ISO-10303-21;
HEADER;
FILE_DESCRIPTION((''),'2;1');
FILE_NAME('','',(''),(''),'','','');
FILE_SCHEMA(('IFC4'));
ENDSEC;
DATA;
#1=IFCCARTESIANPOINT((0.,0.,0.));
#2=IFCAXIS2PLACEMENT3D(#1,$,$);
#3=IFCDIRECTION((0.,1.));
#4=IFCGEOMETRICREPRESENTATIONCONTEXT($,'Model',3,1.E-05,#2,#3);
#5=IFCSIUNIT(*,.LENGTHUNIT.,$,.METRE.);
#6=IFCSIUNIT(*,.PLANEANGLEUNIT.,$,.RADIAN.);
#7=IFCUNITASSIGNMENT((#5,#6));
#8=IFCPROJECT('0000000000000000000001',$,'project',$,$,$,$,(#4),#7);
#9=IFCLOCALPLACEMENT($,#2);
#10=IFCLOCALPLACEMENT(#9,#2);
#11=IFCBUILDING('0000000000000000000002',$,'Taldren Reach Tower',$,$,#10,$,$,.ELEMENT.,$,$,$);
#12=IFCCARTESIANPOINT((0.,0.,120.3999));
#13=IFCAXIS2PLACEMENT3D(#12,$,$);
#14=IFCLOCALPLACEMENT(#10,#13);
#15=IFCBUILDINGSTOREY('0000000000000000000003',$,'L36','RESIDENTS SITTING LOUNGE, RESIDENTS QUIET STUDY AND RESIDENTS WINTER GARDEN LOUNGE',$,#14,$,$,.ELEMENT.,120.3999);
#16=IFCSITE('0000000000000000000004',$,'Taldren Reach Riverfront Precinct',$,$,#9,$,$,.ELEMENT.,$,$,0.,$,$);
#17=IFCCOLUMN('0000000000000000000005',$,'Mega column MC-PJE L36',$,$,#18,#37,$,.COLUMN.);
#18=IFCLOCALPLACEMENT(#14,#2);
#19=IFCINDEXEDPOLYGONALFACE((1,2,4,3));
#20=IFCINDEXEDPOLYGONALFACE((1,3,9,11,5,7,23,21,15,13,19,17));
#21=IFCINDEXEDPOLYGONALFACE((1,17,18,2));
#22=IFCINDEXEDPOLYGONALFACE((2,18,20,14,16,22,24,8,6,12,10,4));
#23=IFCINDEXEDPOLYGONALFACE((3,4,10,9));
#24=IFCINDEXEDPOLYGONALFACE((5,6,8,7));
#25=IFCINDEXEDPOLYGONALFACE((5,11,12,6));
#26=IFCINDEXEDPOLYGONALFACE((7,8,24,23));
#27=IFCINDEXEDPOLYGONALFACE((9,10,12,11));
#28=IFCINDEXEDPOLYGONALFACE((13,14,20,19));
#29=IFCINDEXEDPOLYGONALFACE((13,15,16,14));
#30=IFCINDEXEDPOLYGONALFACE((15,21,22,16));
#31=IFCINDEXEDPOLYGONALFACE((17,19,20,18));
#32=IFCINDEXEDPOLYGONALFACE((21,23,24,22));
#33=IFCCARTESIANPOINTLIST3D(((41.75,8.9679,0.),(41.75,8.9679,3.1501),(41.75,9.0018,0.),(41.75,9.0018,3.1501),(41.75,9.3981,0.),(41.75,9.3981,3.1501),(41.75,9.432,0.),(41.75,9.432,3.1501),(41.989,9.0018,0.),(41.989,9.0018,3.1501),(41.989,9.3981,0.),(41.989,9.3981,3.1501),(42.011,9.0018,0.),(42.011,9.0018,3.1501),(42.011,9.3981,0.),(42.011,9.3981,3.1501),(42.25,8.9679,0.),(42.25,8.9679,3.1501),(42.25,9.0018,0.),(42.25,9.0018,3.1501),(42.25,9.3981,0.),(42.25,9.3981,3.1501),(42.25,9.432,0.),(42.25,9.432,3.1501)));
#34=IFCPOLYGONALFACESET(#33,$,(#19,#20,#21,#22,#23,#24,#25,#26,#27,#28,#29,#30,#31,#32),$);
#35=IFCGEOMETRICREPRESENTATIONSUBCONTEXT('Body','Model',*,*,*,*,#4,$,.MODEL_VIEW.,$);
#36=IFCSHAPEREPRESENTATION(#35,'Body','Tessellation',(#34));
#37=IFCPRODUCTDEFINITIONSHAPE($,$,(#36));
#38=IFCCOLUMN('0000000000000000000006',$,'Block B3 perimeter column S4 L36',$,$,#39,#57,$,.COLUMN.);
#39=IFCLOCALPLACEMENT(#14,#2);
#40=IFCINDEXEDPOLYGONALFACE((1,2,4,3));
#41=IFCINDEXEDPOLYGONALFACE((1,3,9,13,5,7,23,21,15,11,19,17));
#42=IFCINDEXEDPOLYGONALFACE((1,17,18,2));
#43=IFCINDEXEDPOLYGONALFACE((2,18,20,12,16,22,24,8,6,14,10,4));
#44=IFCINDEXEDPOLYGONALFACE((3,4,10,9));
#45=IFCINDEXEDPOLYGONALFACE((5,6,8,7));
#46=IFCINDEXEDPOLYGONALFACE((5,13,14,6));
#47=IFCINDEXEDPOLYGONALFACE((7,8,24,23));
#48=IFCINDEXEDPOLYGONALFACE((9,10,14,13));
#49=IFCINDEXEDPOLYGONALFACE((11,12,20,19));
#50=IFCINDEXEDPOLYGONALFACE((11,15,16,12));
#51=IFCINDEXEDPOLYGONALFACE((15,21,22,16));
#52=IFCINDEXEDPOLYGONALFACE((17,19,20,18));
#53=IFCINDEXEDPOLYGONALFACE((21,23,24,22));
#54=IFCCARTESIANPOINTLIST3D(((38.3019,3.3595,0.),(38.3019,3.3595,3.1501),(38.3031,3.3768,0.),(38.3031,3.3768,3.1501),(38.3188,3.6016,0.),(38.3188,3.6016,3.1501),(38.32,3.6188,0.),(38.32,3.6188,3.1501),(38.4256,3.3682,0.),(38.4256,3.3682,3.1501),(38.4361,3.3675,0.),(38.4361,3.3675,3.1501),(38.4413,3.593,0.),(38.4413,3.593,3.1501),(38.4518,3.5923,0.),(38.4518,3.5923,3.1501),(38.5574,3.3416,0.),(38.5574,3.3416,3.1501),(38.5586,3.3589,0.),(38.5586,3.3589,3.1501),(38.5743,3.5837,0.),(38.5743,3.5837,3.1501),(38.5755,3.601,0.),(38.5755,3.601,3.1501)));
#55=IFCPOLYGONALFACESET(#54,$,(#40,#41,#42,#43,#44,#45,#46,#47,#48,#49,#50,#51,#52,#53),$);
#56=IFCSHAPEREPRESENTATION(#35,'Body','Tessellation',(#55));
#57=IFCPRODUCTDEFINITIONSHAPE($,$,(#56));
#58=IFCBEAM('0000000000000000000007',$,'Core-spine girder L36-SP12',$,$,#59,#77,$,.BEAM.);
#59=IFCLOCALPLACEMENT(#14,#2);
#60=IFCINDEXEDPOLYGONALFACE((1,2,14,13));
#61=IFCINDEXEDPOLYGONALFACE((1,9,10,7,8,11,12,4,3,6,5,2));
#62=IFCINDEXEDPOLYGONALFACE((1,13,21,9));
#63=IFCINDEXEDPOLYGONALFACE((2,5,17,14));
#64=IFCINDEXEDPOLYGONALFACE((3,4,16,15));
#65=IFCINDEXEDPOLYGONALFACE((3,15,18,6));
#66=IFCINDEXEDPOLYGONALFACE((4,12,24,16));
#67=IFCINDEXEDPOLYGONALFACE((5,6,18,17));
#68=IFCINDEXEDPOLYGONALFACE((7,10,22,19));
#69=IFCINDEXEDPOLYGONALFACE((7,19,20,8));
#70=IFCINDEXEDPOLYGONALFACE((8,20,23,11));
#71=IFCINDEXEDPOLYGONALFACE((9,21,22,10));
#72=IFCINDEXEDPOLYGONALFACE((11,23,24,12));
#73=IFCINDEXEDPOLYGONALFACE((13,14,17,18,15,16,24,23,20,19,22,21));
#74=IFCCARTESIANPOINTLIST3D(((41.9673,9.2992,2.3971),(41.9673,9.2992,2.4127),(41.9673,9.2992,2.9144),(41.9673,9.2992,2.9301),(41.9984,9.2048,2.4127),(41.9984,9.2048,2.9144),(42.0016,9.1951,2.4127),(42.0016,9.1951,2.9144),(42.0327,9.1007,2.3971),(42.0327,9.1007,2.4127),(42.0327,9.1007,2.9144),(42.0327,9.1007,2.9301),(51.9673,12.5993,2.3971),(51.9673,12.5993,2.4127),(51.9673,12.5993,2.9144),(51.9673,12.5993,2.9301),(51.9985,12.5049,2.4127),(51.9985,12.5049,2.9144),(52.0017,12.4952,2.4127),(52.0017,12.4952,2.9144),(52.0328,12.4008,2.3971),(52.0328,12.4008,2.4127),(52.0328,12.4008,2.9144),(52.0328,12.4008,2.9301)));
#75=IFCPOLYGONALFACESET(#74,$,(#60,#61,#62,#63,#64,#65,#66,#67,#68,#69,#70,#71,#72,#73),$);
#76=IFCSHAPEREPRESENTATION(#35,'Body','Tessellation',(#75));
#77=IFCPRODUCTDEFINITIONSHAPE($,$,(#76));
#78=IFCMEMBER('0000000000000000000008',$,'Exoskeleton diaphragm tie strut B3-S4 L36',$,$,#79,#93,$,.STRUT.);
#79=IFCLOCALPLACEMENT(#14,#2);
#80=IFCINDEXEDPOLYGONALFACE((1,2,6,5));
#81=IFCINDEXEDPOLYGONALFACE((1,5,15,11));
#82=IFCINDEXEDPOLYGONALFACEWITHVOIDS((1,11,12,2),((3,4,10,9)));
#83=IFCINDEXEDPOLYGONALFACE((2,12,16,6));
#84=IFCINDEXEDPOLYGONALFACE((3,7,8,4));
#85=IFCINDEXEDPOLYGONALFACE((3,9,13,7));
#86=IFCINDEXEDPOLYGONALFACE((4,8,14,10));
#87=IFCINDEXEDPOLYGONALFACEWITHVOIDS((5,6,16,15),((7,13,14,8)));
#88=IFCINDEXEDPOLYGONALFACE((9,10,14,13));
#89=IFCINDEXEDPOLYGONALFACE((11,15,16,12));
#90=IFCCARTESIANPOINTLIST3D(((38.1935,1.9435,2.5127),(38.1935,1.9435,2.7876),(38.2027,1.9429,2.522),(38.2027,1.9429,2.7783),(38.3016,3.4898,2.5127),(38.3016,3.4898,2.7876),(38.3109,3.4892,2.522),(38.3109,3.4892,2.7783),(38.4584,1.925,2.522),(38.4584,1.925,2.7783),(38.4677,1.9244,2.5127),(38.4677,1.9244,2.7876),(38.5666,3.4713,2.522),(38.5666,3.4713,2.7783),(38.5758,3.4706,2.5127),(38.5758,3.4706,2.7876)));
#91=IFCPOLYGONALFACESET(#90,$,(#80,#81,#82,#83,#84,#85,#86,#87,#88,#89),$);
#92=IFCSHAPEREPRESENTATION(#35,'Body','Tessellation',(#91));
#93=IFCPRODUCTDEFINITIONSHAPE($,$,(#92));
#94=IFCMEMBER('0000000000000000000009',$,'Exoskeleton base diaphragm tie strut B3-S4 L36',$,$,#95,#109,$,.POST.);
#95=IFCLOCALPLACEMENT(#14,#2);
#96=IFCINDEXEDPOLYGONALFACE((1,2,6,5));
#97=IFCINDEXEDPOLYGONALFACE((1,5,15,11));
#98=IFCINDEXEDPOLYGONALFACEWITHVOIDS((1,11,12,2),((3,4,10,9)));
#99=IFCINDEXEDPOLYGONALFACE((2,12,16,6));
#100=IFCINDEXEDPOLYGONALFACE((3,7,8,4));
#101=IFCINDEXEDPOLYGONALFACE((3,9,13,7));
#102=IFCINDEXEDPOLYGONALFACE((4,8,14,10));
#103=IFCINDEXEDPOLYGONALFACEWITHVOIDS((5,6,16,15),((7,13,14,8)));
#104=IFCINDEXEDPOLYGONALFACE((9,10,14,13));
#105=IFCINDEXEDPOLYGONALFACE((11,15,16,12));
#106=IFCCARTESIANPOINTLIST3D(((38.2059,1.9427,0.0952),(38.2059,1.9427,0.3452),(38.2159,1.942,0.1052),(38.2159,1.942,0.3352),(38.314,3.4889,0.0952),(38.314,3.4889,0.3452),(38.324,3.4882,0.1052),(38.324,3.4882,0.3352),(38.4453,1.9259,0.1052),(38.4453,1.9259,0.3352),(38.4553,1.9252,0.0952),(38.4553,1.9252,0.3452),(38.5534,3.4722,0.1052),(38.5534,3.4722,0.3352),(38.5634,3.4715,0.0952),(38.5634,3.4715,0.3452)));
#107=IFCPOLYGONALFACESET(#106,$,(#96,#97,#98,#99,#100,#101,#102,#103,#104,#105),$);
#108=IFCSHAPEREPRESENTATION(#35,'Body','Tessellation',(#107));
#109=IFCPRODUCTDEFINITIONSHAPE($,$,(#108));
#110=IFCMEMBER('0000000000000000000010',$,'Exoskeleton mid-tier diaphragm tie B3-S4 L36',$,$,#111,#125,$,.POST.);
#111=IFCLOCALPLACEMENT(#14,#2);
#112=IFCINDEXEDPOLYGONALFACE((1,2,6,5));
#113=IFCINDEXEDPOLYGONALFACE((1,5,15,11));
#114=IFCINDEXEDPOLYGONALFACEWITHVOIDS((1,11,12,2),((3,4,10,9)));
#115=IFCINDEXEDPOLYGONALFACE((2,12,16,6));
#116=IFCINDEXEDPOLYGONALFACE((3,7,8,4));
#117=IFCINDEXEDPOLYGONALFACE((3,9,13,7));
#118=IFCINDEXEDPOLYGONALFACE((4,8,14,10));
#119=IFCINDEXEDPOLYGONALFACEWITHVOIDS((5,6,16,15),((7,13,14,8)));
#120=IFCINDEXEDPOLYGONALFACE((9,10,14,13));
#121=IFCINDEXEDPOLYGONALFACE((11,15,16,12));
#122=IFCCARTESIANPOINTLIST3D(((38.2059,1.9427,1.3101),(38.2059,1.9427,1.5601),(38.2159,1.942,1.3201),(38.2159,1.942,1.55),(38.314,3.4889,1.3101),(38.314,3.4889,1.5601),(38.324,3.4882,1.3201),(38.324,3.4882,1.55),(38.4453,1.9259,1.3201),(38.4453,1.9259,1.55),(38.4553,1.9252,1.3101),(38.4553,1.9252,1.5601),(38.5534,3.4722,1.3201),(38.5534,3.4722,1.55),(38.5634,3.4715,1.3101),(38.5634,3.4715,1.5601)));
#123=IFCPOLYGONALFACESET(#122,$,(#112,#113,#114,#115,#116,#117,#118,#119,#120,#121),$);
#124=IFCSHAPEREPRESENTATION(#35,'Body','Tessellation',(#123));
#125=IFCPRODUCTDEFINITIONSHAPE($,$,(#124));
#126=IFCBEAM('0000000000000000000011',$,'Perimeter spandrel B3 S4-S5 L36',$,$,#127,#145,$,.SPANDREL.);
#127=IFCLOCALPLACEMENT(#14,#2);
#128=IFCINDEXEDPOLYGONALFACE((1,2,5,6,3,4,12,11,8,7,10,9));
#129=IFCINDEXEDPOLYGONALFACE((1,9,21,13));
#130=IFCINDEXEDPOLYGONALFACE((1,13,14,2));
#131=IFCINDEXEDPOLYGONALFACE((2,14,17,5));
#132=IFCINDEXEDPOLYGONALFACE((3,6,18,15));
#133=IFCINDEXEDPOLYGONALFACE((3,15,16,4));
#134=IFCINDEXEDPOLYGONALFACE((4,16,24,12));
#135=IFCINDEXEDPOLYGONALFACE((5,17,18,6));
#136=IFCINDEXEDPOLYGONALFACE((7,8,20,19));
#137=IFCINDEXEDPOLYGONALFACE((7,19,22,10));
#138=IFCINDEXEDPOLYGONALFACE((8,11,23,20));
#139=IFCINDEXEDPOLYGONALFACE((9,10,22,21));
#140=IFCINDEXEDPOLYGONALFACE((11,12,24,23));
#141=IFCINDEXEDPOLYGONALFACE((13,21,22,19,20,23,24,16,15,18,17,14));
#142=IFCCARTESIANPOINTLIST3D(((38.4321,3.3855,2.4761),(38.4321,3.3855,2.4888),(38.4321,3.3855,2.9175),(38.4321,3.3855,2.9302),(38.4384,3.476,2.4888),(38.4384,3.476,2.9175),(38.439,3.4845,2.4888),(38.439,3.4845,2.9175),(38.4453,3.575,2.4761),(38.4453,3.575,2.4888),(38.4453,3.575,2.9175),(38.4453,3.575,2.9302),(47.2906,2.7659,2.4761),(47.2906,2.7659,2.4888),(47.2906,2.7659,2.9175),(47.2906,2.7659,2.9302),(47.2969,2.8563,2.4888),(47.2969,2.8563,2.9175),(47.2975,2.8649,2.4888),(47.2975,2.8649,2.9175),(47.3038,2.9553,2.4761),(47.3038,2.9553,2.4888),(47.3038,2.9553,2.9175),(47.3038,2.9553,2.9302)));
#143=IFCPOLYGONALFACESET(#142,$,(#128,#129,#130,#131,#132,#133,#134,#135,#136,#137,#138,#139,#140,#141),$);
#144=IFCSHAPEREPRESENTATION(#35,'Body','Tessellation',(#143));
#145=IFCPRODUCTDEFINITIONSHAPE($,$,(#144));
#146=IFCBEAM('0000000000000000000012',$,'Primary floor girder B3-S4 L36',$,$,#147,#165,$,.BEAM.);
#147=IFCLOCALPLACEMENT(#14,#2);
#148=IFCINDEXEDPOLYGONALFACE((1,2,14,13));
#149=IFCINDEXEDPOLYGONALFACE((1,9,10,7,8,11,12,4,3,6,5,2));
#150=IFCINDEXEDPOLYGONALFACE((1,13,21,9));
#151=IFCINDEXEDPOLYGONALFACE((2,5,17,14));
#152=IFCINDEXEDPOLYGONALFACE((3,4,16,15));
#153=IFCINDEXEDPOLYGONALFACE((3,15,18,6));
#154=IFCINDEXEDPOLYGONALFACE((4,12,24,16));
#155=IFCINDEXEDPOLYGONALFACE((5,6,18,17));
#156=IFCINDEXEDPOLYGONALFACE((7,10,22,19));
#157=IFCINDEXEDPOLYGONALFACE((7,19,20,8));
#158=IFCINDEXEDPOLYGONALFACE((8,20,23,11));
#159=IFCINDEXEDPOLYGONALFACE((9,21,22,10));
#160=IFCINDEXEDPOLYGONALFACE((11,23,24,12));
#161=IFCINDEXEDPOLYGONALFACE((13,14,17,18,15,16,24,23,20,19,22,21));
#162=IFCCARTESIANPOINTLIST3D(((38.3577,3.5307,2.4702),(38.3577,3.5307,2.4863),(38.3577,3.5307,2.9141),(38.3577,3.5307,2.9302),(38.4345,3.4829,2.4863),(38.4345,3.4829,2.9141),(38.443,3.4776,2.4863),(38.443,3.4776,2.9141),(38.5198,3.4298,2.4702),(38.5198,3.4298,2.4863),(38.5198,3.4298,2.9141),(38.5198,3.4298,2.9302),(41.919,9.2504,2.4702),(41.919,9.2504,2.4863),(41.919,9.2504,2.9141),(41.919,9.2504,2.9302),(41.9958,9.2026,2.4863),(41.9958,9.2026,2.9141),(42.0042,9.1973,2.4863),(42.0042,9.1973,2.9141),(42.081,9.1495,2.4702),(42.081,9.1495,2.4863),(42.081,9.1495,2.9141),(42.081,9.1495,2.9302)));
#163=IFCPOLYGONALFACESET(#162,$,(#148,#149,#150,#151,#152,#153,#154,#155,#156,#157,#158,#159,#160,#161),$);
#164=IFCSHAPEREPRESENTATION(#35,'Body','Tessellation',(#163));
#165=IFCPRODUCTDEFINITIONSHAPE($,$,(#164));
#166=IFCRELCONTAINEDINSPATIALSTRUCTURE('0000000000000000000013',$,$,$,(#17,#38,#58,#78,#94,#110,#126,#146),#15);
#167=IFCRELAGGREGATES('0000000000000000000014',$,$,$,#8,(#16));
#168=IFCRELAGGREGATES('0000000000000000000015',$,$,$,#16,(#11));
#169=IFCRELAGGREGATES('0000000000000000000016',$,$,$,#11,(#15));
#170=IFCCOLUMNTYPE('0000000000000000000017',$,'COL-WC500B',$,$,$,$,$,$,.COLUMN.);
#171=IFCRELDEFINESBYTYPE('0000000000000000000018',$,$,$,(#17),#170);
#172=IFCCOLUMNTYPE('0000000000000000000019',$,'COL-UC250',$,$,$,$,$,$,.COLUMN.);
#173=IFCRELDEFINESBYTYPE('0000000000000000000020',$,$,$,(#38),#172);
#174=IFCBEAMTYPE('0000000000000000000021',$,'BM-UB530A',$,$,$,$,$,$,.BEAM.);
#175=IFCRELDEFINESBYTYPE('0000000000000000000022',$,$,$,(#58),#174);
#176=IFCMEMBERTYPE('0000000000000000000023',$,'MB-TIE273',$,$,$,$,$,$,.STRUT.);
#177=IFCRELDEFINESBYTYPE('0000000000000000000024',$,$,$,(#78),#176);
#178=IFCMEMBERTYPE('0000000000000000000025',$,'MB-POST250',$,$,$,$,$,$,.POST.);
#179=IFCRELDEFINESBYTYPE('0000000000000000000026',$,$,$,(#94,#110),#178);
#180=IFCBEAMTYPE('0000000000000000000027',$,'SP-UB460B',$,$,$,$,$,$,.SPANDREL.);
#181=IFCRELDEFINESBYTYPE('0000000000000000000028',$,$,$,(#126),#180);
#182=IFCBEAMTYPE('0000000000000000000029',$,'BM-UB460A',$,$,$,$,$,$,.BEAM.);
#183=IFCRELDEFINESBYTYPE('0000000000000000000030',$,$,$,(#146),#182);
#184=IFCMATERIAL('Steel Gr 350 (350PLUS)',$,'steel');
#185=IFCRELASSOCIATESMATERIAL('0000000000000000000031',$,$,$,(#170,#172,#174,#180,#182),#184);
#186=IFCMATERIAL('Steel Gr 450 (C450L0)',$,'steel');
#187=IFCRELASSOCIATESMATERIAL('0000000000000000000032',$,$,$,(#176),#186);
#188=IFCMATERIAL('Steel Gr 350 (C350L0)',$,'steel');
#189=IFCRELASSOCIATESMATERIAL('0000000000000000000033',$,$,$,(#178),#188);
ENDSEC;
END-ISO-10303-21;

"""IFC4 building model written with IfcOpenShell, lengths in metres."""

from ifc_helpers import new_model, si_unit, direction, frame, origin, origin_2d, place, context, subcontext, project, spatial, hollow_rectangle, i_section, extrude, source, transform, mapped, material, material_profile, profile_set, type_object, element, save


model = new_model("IFC4")

# Units and contexts
model_context = context("Model", 3, precision=1e-05, world=origin(), true_north=direction((0.0, 1.0)))
body_context = subcontext(model_context, "Body", "Model", "MODEL_VIEW")
ifc_project = project(units=[si_unit("LENGTHUNIT", "METRE"), si_unit("PLANEANGLEUNIT", "RADIAN")], contexts=[model_context])

# Site, building, storey
site_placement = place(None, origin())
site = spatial("IfcSite", under=ifc_project, at=site_placement, Name="Taldren Reach Riverfront Precinct", CompositionType="ELEMENT", RefElevation=0.0)
building_placement = place(site_placement, origin())
building = spatial("IfcBuilding", under=site, at=building_placement, Name="Taldren Reach Tower", CompositionType="ELEMENT")
storey_placement = place(building_placement, frame((0.0, 0.0, 120.3999)))
storey = spatial("IfcBuildingStorey", under=building, at=storey_placement, Name="L36", Description="RESIDENTS SITTING LOUNGE, RESIDENTS QUIET STUDY AND RESIDENTS WINTER GARDEN LOUNGE", CompositionType="ELEMENT", Elevation=120.3999)

# Columns
ifc_material_1 = material(Name="Steel Gr 350 (350PLUS)", Category="steel")
ifc_material_profile_1 = material_profile(ifc_material_1, i_section(OverallWidth=0.5, OverallDepth=0.4641, WebThickness=0.022, FlangeThickness=0.0339, at=origin_2d()), Name="500WC340")
ifc_profile_set_1 = profile_set([ifc_material_profile_1], Name="Steel Gr 350 (350PLUS)")
column_type_1 = type_object("IfcColumnType", Name="COL-WC500B", PredefinedType="COLUMN", material=ifc_profile_set_1)
shared_shape_1 = source(origin(), body_context, "Body", "SweptSolid", [
    extrude(i_section(OverallWidth=0.5, OverallDepth=0.4641, WebThickness=0.022, FlangeThickness=0.0339, at=origin_2d()), origin(), (0.0, 0.0, 1.0), 3.1501),
])
column_1_placement = place(storey_placement, frame((42.0, 9.2, 0.0), z_axis=(0.0, 0.0, 1.0), x_axis=(1.0, 0.0, 0.0)))
element("IfcColumn", 1, at=column_1_placement, inside=storey, type_object=column_type_1, Name="Mega column MC-PJE L36", PredefinedType="COLUMN", context=body_context, shape_type="MappedRepresentation", body=[
    mapped(shared_shape_1, transform((0.0, 0.0, 0.0), scale=1.0)),
])
ifc_material_profile_2 = material_profile(ifc_material_1, i_section(OverallWidth=0.2561, OverallDepth=0.26, WebThickness=0.0105, FlangeThickness=0.0173, at=origin_2d()), Name="250UC89.5")
ifc_profile_set_2 = profile_set([ifc_material_profile_2], Name="Steel Gr 350 (350PLUS)")
column_type_2 = type_object("IfcColumnType", Name="COL-UC250", PredefinedType="COLUMN", material=ifc_profile_set_2)
shared_shape_2 = source(origin(), body_context, "Body", "SweptSolid", [
    extrude(i_section(OverallWidth=0.2561, OverallDepth=0.26, WebThickness=0.0105, FlangeThickness=0.0173, at=origin_2d()), origin(), (0.0, 0.0, 1.0), 3.1501),
])
column_2_placement = place(storey_placement, frame((38.4387, 3.4802, 0.0), z_axis=(0.0, 0.0, 1.0), x_axis=(0.997564, -0.069756, 0.0)))
element("IfcColumn", 2, at=column_2_placement, inside=storey, type_object=column_type_2, Name="Block B3 perimeter column S4 L36", PredefinedType="COLUMN", context=body_context, shape_type="MappedRepresentation", body=[
    mapped(shared_shape_2, transform((0.0, 0.0, 0.0), scale=1.0)),
])

# Beam
ifc_material_profile_3 = material_profile(ifc_material_1, i_section(OverallWidth=0.209, OverallDepth=0.533, WebThickness=0.0103, FlangeThickness=0.0156, at=origin_2d()), Name="530UB92.4")
ifc_profile_set_3 = profile_set([ifc_material_profile_3], Name="Steel Gr 350 (350PLUS)")
beam_type_1 = type_object("IfcBeamType", Name="BM-UB530A", PredefinedType="BEAM", material=ifc_profile_set_3)
shared_shape_3 = source(origin(), body_context, "Body", "SweptSolid", [
    extrude(i_section(OverallWidth=0.209, OverallDepth=0.533, WebThickness=0.0103, FlangeThickness=0.0156, at=origin_2d()), origin(), (0.0, 0.0, 1.0), 10.5305),
])
beam_1_placement = place(storey_placement, frame((42.0, 9.2, 2.6636), z_axis=(0.949627, 0.313382, 0.0), x_axis=(-0.313382, 0.949627, 0.0)))
element("IfcBeam", 3, at=beam_1_placement, inside=storey, type_object=beam_type_1, Name="Core-spine girder L36-SP12", PredefinedType="BEAM", context=body_context, shape_type="MappedRepresentation", body=[
    mapped(shared_shape_3, transform((0.0, 0.0, 0.0), scale=1.0)),
])

# Members
ifc_material_2 = material(Name="Steel Gr 450 (C450L0)", Category="steel")
ifc_material_profile_4 = material_profile(ifc_material_2, hollow_rectangle(XDim=0.2749, YDim=0.2749, WallThickness=0.0093, at=origin_2d()), Name="275x275x9.3SHS")
ifc_profile_set_4 = profile_set([ifc_material_profile_4], Name="Steel Gr 450 (C450L0)")
member_type_1 = type_object("IfcMemberType", Name="MB-TIE273", PredefinedType="STRUT", material=ifc_profile_set_4)
shared_shape_4 = source(origin(), body_context, "Body", "SweptSolid", [
    extrude(hollow_rectangle(XDim=0.2749, YDim=0.2749, WallThickness=0.0093, at=origin_2d()), origin(), (0.0, 0.0, 1.0), 1.55),
])
member_placement = place(storey_placement, frame((38.4387, 3.4802, 2.6501), z_axis=(-0.06977, -0.997563, 0.0), x_axis=(0.997563, -0.06977, 0.0)))
element("IfcMember", 4, at=member_placement, inside=storey, type_object=member_type_1, Name="Exoskeleton diaphragm tie strut B3-S4 L36", PredefinedType="STRUT", context=body_context, shape_type="MappedRepresentation", body=[
    mapped(shared_shape_4, transform((0.0, 0.0, 0.0), scale=1.0)),
])
ifc_material_3 = material(Name="Steel Gr 350 (C350L0)", Category="steel")
ifc_material_profile_5 = material_profile(ifc_material_3, hollow_rectangle(XDim=0.25, YDim=0.25, WallThickness=0.01, at=origin_2d()), Name="250x250x10.0SHS")
ifc_profile_set_5 = profile_set([ifc_material_profile_5], Name="Steel Gr 350 (C350L0)")
member_type_2 = type_object("IfcMemberType", Name="MB-POST250", PredefinedType="POST", material=ifc_profile_set_5)
shared_shape_5 = source(origin(), body_context, "Body", "SweptSolid", [
    extrude(hollow_rectangle(XDim=0.25, YDim=0.25, WallThickness=0.01, at=origin_2d()), origin(), (0.0, 0.0, 1.0), 1.55),
])
for number, where, z_axis, x_axis, name in (
    (5, (38.4387, 3.4802, 0.2202), (-0.06977, -0.997563, 0.0), (0.997563, -0.06977, 0.0), "Exoskeleton base diaphragm tie strut B3-S4 L36"),
    (6, (38.4387, 3.4802, 1.4351), (-0.06977, -0.997563, 0.0), (0.997563, -0.06977, 0.0), "Exoskeleton mid-tier diaphragm tie B3-S4 L36"),
):
    element("IfcMember", number, at=place(storey_placement, frame(where, z_axis=z_axis, x_axis=x_axis)), inside=storey, type_object=member_type_2, Name=name, PredefinedType="POST", context=body_context, shape_type="MappedRepresentation", body=[
        mapped(shared_shape_5, transform((0.0, 0.0, 0.0), scale=1.0)),
    ])

# Beams
ifc_material_profile_6 = material_profile(ifc_material_1, i_section(OverallWidth=0.1899, OverallDepth=0.4541, WebThickness=0.0085, FlangeThickness=0.0127, at=origin_2d()), Name="460UB67.1")
ifc_profile_set_6 = profile_set([ifc_material_profile_6], Name="Steel Gr 350 (350PLUS)")
beam_type_2 = type_object("IfcBeamType", Name="SP-UB460B", PredefinedType="SPANDREL", material=ifc_profile_set_6)
shared_shape_6 = source(origin(), body_context, "Body", "SweptSolid", [
    extrude(i_section(OverallWidth=0.1899, OverallDepth=0.4541, WebThickness=0.0085, FlangeThickness=0.0127, at=origin_2d()), origin(), (0.0, 0.0, 1.0), 8.8801),
])
beam_2_placement = place(storey_placement, frame((38.4387, 3.4802, 2.7031), z_axis=(0.997563, -0.069778, 0.0), x_axis=(0.069778, 0.997563, 0.0)))
element("IfcBeam", 7, at=beam_2_placement, inside=storey, type_object=beam_type_2, Name="Perimeter spandrel B3 S4-S5 L36", PredefinedType="SPANDREL", context=body_context, shape_type="MappedRepresentation", body=[
    mapped(shared_shape_6, transform((0.0, 0.0, 0.0), scale=1.0)),
])
ifc_material_profile_7 = material_profile(ifc_material_1, i_section(OverallWidth=0.1909, OverallDepth=0.46, WebThickness=0.01, FlangeThickness=0.0161, at=origin_2d()), Name="460UB82.1")
ifc_profile_set_7 = profile_set([ifc_material_profile_7], Name="Steel Gr 350 (350PLUS)")
beam_type_3 = type_object("IfcBeamType", Name="BM-UB460A", PredefinedType="BEAM", material=ifc_profile_set_7)
shared_shape_7 = source(origin(), body_context, "Body", "SweptSolid", [
    extrude(i_section(OverallWidth=0.1909, OverallDepth=0.46, WebThickness=0.01, FlangeThickness=0.0161, at=origin_2d()), origin(), (0.0, 0.0, 1.0), 6.7378),
])
beam_3_placement = place(storey_placement, frame((42.0, 9.2, 2.7002), z_axis=(-0.528552, -0.848901, 0.0), x_axis=(0.848901, -0.528552, 0.0)))
element("IfcBeam", 8, at=beam_3_placement, inside=storey, type_object=beam_type_3, Name="Primary floor girder B3-S4 L36", PredefinedType="BEAM", context=body_context, shape_type="MappedRepresentation", body=[
    mapped(shared_shape_7, transform((0.0, 0.0, 0.0), scale=1.0)),
])

save(model, "model.ifc")
